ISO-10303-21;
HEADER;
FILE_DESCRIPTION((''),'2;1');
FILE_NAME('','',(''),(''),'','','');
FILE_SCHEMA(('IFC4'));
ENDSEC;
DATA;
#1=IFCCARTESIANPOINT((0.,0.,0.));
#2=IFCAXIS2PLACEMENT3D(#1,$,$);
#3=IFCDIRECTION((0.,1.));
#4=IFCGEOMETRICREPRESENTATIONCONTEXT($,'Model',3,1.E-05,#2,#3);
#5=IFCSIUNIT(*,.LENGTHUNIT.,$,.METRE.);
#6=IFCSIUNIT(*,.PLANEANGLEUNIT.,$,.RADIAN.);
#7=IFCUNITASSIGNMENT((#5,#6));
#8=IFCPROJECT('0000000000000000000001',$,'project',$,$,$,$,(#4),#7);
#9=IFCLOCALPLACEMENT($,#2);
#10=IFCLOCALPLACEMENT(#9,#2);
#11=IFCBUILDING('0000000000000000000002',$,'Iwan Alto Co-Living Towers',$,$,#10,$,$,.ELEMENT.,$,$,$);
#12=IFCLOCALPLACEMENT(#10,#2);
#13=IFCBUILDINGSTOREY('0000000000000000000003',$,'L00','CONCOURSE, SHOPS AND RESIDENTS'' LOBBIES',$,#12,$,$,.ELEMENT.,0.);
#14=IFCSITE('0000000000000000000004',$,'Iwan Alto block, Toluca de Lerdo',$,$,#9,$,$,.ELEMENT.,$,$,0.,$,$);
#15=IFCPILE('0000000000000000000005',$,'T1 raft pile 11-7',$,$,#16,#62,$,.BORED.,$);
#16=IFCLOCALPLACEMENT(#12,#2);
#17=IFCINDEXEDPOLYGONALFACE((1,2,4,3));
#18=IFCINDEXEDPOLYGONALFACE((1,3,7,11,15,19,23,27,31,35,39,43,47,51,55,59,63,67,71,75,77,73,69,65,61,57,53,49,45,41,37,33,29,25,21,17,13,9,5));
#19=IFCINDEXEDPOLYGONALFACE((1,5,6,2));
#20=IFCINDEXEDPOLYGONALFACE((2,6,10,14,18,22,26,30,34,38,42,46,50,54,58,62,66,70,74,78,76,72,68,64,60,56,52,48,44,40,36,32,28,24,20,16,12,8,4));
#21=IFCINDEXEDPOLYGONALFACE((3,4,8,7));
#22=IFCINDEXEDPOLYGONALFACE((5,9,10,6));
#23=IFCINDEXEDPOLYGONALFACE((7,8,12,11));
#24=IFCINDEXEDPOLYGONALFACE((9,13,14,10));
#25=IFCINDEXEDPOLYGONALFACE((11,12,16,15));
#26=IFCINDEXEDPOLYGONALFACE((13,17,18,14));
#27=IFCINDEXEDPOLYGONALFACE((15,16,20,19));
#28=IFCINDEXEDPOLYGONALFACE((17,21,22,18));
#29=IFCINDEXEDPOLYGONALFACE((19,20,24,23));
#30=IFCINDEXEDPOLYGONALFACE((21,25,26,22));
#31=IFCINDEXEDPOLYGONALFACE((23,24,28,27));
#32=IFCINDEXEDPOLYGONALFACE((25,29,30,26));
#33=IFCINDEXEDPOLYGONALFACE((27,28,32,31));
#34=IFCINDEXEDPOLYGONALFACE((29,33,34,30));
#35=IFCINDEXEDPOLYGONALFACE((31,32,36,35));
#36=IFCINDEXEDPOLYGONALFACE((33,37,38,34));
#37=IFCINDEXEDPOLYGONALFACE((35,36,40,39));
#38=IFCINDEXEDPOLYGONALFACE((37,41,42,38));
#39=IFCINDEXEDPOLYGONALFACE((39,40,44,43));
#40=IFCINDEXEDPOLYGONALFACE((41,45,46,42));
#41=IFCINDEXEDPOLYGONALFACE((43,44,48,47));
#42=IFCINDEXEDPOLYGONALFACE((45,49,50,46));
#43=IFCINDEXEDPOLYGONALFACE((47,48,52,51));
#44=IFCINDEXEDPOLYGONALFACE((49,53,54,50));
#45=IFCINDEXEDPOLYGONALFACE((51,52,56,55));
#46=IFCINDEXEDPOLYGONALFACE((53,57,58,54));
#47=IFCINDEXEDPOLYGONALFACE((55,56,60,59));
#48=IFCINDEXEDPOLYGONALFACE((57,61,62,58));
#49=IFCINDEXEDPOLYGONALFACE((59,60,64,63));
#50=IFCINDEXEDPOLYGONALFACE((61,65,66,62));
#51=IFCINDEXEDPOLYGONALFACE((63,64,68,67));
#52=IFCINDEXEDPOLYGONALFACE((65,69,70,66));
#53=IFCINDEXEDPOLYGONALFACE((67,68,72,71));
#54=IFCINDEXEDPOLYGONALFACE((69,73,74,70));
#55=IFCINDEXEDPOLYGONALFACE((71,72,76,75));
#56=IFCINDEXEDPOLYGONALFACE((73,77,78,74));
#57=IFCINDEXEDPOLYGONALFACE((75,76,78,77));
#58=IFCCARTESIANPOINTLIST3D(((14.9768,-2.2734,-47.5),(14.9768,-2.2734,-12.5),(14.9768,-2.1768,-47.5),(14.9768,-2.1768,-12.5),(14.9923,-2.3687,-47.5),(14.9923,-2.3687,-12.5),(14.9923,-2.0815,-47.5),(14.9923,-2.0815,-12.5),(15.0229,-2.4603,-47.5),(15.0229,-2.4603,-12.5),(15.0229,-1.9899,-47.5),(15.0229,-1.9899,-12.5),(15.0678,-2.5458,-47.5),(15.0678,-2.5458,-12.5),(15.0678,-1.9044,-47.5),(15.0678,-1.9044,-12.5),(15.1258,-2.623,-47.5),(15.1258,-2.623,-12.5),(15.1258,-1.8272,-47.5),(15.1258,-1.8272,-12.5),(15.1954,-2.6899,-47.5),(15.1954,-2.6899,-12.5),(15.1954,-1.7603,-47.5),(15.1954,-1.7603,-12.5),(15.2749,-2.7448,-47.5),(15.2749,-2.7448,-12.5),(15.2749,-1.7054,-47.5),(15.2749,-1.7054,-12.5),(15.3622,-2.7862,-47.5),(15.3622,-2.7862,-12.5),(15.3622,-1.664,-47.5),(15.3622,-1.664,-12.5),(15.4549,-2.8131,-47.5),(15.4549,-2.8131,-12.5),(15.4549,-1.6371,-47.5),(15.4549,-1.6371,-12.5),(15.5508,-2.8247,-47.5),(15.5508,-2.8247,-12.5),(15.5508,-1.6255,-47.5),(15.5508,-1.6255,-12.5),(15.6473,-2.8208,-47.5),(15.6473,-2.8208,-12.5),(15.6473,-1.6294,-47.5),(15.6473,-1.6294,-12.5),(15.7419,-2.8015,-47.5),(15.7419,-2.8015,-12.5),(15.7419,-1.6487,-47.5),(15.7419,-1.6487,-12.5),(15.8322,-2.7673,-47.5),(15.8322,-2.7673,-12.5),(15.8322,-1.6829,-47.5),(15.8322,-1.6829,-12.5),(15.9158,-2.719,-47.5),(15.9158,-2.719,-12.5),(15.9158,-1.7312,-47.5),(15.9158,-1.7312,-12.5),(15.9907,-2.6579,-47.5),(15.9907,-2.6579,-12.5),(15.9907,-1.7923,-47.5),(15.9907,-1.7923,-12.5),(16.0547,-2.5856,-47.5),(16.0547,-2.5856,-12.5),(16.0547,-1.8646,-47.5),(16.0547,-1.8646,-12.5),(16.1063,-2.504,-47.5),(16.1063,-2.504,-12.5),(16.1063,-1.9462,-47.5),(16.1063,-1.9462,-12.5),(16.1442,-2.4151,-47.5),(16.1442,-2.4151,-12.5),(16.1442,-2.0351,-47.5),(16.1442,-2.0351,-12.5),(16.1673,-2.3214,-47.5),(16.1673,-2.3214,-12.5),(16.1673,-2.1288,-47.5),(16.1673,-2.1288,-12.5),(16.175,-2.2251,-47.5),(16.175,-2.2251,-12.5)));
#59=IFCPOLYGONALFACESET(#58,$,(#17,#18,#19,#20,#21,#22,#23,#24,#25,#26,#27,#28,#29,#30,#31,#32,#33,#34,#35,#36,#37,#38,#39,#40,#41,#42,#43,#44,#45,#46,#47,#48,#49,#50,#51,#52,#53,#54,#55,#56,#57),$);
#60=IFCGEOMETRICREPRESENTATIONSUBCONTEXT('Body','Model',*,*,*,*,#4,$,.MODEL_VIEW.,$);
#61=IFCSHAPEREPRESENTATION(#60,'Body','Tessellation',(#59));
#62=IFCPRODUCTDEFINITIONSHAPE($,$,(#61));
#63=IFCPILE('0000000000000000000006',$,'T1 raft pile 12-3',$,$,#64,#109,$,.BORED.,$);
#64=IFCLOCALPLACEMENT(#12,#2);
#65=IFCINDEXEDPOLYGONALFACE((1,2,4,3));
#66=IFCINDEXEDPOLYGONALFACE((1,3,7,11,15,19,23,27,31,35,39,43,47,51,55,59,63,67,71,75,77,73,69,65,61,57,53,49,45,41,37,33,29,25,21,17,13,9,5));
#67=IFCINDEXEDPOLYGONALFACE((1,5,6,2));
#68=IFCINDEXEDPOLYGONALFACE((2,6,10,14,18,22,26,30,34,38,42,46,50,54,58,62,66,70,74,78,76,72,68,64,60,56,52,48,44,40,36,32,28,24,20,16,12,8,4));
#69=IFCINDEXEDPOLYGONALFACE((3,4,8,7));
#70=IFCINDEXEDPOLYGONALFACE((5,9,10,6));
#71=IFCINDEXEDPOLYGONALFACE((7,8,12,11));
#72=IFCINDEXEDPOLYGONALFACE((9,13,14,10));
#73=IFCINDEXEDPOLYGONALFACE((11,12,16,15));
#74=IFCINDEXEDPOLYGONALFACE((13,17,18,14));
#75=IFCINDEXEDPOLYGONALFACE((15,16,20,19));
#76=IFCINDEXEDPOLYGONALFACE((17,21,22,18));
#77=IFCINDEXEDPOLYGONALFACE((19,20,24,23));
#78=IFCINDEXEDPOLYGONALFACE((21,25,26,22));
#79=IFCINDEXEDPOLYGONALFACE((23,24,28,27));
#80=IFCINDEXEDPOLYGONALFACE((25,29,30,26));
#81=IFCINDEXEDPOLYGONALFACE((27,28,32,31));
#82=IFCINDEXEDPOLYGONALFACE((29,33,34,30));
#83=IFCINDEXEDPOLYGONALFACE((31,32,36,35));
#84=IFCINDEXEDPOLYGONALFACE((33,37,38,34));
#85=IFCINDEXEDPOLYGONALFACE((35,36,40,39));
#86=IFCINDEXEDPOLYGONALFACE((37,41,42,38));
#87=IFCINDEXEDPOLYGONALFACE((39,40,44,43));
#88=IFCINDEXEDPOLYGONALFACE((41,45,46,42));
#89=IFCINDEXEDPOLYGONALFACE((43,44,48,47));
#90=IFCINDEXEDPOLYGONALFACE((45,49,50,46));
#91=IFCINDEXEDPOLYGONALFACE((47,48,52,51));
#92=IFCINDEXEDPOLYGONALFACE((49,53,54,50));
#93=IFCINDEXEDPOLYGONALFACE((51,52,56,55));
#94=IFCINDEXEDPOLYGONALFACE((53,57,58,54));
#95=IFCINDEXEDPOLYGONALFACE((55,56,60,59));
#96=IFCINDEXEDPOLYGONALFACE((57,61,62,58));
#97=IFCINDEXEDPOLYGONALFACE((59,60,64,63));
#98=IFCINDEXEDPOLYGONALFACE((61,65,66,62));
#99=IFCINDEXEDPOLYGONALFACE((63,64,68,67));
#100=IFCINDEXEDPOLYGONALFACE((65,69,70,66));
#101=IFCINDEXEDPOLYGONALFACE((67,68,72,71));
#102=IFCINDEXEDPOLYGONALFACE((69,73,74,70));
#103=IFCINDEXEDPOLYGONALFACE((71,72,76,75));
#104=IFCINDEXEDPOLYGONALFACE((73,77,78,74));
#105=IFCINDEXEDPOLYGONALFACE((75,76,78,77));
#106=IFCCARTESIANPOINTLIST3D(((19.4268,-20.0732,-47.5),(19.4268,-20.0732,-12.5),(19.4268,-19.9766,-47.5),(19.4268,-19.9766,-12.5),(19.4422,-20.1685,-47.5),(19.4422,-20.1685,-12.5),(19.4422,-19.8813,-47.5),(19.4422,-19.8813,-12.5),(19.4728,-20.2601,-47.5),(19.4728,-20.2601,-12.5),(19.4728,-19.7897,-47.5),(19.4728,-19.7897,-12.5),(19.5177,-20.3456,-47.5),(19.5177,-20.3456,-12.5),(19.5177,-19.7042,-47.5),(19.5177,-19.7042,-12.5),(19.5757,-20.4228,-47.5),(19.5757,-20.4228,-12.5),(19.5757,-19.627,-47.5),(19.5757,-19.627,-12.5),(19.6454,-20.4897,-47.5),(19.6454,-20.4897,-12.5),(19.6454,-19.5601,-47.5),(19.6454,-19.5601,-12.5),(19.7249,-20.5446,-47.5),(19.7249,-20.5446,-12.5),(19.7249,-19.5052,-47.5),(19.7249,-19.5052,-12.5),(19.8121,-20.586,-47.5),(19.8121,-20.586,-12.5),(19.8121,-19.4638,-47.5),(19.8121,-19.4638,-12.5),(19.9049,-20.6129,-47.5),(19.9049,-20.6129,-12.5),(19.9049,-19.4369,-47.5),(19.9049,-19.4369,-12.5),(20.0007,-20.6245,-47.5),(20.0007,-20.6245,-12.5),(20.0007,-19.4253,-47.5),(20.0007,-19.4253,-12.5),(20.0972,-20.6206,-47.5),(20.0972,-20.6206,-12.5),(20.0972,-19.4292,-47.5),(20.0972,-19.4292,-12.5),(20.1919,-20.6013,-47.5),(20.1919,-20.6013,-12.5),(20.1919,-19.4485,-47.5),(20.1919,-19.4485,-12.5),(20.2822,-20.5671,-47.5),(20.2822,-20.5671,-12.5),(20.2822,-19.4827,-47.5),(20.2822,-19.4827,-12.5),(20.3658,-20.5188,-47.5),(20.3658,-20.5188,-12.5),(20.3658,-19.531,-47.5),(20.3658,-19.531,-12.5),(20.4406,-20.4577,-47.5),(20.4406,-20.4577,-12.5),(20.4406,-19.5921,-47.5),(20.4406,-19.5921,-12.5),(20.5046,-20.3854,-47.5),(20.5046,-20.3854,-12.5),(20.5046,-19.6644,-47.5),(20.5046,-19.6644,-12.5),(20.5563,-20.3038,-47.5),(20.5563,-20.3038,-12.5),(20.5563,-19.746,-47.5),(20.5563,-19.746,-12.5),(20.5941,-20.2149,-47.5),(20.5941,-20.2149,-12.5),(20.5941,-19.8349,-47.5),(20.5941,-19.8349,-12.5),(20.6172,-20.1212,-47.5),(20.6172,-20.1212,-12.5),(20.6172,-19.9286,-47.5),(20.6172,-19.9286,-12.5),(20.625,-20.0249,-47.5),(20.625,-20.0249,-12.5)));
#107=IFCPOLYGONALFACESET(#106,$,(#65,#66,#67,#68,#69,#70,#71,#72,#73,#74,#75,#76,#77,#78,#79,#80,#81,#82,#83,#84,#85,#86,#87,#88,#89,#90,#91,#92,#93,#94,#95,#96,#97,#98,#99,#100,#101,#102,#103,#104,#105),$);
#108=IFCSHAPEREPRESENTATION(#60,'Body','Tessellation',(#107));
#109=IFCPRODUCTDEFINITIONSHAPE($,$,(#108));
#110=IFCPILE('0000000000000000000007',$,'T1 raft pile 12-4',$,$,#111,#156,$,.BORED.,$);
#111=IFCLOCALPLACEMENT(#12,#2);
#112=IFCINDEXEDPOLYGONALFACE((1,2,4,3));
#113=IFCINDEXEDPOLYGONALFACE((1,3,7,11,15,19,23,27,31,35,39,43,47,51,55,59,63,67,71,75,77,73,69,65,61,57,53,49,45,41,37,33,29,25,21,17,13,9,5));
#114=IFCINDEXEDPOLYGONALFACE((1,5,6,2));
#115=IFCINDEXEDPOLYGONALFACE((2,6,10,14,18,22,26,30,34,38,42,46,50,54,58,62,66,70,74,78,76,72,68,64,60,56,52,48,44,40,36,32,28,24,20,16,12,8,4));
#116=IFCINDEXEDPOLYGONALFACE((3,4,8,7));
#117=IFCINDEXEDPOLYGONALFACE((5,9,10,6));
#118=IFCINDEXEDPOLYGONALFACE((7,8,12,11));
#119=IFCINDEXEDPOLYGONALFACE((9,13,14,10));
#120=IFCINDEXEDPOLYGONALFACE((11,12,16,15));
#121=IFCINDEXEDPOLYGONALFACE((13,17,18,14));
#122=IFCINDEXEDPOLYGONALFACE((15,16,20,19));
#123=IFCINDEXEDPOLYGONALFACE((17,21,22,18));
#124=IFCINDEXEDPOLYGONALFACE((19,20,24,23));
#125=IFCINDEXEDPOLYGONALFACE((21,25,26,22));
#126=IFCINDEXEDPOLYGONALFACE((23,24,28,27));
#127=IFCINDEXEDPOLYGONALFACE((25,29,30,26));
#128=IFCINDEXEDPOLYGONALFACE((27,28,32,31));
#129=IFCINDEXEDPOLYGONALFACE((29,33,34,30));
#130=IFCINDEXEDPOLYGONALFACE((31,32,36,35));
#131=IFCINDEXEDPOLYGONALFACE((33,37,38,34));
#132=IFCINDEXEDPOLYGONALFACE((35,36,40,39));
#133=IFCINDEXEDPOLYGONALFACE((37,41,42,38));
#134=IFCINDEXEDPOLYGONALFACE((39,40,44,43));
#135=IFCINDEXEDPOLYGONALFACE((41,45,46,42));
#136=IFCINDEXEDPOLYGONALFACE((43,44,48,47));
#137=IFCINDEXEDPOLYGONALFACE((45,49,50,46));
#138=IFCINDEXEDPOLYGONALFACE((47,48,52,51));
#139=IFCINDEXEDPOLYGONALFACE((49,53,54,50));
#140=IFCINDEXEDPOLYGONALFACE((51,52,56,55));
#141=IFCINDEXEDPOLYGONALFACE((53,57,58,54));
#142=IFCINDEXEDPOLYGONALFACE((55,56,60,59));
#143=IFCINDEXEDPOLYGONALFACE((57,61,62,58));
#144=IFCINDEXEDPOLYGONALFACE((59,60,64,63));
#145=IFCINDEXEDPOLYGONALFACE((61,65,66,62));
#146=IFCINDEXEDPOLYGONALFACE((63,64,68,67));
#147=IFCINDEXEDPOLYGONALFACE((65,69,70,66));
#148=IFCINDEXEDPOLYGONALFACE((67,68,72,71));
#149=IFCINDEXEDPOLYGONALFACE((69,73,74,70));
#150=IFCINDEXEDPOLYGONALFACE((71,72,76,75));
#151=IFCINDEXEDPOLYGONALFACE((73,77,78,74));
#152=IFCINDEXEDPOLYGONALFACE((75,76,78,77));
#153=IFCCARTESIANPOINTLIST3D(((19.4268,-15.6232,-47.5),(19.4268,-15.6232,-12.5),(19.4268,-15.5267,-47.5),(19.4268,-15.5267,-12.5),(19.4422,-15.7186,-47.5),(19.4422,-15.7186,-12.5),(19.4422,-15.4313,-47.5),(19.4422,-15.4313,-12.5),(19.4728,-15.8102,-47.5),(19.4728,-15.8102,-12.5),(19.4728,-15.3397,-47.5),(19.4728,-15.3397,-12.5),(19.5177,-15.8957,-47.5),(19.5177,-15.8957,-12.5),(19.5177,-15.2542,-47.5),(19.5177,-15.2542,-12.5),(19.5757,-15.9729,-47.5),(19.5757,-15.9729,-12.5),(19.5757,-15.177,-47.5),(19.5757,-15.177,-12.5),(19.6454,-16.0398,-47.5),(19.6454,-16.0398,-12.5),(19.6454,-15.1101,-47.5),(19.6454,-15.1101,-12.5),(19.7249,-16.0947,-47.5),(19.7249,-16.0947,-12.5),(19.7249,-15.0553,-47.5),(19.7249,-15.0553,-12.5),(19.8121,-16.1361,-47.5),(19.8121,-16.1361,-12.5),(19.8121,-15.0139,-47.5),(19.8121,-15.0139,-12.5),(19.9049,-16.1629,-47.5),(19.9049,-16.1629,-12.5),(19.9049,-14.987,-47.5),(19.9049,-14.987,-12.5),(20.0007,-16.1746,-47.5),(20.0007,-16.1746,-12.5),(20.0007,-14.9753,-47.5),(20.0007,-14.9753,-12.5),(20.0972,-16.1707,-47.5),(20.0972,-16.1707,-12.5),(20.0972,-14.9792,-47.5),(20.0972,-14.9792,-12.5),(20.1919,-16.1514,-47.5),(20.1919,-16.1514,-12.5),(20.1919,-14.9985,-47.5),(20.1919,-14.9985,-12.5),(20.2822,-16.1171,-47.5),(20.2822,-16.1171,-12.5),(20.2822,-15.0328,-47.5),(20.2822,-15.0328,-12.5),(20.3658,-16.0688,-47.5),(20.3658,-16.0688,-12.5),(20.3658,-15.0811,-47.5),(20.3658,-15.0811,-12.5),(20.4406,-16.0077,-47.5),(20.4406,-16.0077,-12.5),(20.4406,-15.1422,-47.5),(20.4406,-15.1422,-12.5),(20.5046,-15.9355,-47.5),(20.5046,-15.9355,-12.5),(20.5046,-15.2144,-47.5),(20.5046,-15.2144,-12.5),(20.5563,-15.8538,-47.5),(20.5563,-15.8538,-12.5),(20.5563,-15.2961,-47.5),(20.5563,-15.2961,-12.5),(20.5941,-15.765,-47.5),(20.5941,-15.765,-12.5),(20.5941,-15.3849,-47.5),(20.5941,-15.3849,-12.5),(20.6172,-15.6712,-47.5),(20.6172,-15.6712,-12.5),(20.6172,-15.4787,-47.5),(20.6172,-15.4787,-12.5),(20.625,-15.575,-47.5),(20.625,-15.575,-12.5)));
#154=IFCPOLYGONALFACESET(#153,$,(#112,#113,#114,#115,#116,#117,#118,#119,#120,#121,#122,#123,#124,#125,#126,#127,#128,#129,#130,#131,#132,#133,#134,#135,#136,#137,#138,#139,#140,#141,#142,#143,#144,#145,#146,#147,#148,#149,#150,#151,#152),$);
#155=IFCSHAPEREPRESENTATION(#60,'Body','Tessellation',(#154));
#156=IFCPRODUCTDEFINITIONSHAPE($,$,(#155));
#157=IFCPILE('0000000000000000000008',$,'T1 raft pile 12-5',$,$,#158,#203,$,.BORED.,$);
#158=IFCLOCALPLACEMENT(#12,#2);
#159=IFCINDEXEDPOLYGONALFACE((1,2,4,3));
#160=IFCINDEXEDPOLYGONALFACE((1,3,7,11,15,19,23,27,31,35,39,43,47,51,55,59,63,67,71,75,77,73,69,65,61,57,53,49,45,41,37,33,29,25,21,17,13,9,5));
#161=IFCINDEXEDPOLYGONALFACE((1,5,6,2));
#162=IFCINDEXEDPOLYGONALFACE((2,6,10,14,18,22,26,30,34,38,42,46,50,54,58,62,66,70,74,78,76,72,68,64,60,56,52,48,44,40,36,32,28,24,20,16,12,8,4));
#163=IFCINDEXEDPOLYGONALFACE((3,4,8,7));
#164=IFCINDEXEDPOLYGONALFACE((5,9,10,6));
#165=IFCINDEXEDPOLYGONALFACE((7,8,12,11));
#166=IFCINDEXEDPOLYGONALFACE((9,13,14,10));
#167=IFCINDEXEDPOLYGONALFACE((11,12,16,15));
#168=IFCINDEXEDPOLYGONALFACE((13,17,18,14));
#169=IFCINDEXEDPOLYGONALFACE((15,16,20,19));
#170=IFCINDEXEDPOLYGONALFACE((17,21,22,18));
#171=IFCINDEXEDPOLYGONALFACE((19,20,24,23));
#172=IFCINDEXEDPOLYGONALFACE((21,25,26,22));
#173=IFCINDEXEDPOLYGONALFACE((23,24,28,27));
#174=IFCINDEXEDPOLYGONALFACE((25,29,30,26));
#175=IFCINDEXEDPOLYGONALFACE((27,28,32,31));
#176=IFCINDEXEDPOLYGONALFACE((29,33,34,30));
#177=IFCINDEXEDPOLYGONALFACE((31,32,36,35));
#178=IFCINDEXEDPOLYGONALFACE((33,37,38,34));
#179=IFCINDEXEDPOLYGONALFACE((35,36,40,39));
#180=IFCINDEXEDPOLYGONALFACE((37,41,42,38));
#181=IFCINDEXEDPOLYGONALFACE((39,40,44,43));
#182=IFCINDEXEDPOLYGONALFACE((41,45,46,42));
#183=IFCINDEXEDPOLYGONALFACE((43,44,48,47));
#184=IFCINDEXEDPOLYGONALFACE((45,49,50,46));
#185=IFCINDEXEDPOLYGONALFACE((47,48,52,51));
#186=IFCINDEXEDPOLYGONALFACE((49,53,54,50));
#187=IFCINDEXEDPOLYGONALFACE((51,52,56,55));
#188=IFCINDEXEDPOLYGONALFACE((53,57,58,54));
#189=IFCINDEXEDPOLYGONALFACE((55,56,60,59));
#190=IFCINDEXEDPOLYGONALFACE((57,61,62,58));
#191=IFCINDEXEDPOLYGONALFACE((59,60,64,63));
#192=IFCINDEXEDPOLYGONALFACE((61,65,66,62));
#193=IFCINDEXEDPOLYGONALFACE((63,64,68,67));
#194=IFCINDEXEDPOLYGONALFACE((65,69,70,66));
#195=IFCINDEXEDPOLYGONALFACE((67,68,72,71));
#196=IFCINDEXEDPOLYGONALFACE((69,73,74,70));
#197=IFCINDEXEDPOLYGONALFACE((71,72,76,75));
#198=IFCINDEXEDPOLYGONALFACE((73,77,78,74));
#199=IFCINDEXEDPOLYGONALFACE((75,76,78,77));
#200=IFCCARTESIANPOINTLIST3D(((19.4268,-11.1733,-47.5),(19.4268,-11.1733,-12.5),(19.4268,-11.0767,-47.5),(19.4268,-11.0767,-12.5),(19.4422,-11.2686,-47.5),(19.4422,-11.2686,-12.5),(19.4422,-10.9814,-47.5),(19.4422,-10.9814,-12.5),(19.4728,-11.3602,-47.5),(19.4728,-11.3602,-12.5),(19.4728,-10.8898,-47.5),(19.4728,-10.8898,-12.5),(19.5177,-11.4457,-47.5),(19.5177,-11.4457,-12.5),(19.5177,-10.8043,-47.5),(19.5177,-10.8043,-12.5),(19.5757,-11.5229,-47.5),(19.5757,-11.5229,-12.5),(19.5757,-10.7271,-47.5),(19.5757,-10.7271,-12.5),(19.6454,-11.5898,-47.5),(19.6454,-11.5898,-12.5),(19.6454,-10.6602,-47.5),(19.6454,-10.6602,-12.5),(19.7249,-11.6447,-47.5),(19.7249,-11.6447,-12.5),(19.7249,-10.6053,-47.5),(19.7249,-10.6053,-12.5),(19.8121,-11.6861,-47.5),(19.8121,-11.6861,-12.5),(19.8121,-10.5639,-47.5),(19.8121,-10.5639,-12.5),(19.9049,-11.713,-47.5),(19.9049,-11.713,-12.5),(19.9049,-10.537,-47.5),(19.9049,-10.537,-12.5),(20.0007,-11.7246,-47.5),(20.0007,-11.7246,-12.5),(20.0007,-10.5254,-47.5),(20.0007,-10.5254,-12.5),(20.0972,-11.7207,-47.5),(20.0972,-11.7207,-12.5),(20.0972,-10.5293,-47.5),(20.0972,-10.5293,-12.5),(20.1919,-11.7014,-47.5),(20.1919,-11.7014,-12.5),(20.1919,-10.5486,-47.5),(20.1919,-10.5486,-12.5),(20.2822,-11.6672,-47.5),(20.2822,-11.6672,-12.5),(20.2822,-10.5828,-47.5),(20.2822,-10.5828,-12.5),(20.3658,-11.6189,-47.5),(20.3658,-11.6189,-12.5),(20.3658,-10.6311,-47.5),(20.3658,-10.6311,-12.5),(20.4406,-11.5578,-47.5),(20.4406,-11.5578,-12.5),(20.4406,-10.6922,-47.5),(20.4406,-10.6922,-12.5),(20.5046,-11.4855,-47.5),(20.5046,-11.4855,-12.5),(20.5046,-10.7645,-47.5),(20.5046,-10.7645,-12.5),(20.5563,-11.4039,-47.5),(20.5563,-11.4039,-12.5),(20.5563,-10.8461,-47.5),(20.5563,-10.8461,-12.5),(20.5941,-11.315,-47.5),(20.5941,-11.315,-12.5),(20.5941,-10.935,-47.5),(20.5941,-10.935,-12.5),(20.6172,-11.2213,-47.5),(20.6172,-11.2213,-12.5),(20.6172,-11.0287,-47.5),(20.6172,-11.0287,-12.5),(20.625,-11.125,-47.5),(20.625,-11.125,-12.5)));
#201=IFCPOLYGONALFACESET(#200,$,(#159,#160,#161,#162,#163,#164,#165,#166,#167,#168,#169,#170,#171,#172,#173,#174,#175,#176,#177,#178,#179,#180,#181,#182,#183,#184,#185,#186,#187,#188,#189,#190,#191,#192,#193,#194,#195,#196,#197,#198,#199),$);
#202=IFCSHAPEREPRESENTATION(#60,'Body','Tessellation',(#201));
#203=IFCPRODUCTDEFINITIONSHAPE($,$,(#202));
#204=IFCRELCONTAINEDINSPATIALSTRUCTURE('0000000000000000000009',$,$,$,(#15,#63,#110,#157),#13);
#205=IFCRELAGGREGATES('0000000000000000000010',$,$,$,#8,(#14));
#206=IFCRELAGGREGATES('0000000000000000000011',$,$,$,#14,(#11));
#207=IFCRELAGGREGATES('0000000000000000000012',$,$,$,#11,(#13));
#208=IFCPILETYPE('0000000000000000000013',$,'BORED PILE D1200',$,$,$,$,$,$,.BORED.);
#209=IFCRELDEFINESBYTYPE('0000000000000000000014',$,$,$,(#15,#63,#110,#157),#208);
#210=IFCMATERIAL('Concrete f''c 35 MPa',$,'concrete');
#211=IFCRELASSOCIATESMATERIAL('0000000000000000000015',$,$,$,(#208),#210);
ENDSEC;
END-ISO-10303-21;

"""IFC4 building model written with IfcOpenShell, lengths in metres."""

from ifc_helpers import new_model, si_unit, direction, frame, origin, origin_2d, place, context, subcontext, project, spatial, circle, extrude, material, material_profile, profile_set, type_object, element, save


model = new_model("IFC4")

# Units and contexts
model_context = context("Model", 3, precision=1e-05, world=origin(), true_north=direction((0.0, 1.0)))
body_context = subcontext(model_context, "Body", "Model", "MODEL_VIEW")
ifc_project = project(units=[si_unit("LENGTHUNIT", "METRE"), si_unit("PLANEANGLEUNIT", "RADIAN")], contexts=[model_context])

# Site, building, storey
site_placement = place(None, origin())
site = spatial("IfcSite", under=ifc_project, at=site_placement, Name="Iwan Alto block, Toluca de Lerdo", CompositionType="ELEMENT", RefElevation=0.0)
building_placement = place(site_placement, origin())
building = spatial("IfcBuilding", under=site, at=building_placement, Name="Iwan Alto Co-Living Towers", CompositionType="ELEMENT")
storey_placement = place(building_placement, origin())
storey = spatial("IfcBuildingStorey", under=building, at=storey_placement, Name="L00", Description="CONCOURSE, SHOPS AND RESIDENTS' LOBBIES", CompositionType="ELEMENT", Elevation=0.0)

# Piles
ifc_material_1 = material(Name="Concrete f'c 35 MPa", Category="concrete")
ifc_material_profile_1 = material_profile(ifc_material_1, circle(Radius=0.6001, at=origin_2d()), Name="D1200")
ifc_profile_set_1 = profile_set([ifc_material_profile_1], Name="Concrete f'c 35 MPa")
pile_type = type_object("IfcPileType", Name="BORED PILE D1200", PredefinedType="BORED", material=ifc_profile_set_1)
for number, where, z_axis, x_axis, name in (
    (1, (15.575, -2.2251, -12.5), (0.0, 0.0, -1.0), (1.0, 0.0, 0.0), "T1 raft pile 11-7"),
    (2, (20.0249, -20.0249, -12.5), (0.0, 0.0, -1.0), (1.0, 0.0, 0.0), "T1 raft pile 12-3"),
    (3, (20.0249, -15.575, -12.5), (0.0, 0.0, -1.0), (1.0, 0.0, 0.0), "T1 raft pile 12-4"),
    (4, (20.0249, -11.125, -12.5), (0.0, 0.0, -1.0), (1.0, 0.0, 0.0), "T1 raft pile 12-5"),
):
    element("IfcPile", number, at=place(storey_placement, frame(where, z_axis=z_axis, x_axis=x_axis)), inside=storey, type_object=pile_type, Name=name, PredefinedType="BORED", context=body_context, shape_type="SweptSolid", body=[
        extrude(circle(Radius=0.6001, at=origin_2d()), origin(), (0.0, 0.0, 1.0), 35.0),
    ])

save(model, "model.ifc")
